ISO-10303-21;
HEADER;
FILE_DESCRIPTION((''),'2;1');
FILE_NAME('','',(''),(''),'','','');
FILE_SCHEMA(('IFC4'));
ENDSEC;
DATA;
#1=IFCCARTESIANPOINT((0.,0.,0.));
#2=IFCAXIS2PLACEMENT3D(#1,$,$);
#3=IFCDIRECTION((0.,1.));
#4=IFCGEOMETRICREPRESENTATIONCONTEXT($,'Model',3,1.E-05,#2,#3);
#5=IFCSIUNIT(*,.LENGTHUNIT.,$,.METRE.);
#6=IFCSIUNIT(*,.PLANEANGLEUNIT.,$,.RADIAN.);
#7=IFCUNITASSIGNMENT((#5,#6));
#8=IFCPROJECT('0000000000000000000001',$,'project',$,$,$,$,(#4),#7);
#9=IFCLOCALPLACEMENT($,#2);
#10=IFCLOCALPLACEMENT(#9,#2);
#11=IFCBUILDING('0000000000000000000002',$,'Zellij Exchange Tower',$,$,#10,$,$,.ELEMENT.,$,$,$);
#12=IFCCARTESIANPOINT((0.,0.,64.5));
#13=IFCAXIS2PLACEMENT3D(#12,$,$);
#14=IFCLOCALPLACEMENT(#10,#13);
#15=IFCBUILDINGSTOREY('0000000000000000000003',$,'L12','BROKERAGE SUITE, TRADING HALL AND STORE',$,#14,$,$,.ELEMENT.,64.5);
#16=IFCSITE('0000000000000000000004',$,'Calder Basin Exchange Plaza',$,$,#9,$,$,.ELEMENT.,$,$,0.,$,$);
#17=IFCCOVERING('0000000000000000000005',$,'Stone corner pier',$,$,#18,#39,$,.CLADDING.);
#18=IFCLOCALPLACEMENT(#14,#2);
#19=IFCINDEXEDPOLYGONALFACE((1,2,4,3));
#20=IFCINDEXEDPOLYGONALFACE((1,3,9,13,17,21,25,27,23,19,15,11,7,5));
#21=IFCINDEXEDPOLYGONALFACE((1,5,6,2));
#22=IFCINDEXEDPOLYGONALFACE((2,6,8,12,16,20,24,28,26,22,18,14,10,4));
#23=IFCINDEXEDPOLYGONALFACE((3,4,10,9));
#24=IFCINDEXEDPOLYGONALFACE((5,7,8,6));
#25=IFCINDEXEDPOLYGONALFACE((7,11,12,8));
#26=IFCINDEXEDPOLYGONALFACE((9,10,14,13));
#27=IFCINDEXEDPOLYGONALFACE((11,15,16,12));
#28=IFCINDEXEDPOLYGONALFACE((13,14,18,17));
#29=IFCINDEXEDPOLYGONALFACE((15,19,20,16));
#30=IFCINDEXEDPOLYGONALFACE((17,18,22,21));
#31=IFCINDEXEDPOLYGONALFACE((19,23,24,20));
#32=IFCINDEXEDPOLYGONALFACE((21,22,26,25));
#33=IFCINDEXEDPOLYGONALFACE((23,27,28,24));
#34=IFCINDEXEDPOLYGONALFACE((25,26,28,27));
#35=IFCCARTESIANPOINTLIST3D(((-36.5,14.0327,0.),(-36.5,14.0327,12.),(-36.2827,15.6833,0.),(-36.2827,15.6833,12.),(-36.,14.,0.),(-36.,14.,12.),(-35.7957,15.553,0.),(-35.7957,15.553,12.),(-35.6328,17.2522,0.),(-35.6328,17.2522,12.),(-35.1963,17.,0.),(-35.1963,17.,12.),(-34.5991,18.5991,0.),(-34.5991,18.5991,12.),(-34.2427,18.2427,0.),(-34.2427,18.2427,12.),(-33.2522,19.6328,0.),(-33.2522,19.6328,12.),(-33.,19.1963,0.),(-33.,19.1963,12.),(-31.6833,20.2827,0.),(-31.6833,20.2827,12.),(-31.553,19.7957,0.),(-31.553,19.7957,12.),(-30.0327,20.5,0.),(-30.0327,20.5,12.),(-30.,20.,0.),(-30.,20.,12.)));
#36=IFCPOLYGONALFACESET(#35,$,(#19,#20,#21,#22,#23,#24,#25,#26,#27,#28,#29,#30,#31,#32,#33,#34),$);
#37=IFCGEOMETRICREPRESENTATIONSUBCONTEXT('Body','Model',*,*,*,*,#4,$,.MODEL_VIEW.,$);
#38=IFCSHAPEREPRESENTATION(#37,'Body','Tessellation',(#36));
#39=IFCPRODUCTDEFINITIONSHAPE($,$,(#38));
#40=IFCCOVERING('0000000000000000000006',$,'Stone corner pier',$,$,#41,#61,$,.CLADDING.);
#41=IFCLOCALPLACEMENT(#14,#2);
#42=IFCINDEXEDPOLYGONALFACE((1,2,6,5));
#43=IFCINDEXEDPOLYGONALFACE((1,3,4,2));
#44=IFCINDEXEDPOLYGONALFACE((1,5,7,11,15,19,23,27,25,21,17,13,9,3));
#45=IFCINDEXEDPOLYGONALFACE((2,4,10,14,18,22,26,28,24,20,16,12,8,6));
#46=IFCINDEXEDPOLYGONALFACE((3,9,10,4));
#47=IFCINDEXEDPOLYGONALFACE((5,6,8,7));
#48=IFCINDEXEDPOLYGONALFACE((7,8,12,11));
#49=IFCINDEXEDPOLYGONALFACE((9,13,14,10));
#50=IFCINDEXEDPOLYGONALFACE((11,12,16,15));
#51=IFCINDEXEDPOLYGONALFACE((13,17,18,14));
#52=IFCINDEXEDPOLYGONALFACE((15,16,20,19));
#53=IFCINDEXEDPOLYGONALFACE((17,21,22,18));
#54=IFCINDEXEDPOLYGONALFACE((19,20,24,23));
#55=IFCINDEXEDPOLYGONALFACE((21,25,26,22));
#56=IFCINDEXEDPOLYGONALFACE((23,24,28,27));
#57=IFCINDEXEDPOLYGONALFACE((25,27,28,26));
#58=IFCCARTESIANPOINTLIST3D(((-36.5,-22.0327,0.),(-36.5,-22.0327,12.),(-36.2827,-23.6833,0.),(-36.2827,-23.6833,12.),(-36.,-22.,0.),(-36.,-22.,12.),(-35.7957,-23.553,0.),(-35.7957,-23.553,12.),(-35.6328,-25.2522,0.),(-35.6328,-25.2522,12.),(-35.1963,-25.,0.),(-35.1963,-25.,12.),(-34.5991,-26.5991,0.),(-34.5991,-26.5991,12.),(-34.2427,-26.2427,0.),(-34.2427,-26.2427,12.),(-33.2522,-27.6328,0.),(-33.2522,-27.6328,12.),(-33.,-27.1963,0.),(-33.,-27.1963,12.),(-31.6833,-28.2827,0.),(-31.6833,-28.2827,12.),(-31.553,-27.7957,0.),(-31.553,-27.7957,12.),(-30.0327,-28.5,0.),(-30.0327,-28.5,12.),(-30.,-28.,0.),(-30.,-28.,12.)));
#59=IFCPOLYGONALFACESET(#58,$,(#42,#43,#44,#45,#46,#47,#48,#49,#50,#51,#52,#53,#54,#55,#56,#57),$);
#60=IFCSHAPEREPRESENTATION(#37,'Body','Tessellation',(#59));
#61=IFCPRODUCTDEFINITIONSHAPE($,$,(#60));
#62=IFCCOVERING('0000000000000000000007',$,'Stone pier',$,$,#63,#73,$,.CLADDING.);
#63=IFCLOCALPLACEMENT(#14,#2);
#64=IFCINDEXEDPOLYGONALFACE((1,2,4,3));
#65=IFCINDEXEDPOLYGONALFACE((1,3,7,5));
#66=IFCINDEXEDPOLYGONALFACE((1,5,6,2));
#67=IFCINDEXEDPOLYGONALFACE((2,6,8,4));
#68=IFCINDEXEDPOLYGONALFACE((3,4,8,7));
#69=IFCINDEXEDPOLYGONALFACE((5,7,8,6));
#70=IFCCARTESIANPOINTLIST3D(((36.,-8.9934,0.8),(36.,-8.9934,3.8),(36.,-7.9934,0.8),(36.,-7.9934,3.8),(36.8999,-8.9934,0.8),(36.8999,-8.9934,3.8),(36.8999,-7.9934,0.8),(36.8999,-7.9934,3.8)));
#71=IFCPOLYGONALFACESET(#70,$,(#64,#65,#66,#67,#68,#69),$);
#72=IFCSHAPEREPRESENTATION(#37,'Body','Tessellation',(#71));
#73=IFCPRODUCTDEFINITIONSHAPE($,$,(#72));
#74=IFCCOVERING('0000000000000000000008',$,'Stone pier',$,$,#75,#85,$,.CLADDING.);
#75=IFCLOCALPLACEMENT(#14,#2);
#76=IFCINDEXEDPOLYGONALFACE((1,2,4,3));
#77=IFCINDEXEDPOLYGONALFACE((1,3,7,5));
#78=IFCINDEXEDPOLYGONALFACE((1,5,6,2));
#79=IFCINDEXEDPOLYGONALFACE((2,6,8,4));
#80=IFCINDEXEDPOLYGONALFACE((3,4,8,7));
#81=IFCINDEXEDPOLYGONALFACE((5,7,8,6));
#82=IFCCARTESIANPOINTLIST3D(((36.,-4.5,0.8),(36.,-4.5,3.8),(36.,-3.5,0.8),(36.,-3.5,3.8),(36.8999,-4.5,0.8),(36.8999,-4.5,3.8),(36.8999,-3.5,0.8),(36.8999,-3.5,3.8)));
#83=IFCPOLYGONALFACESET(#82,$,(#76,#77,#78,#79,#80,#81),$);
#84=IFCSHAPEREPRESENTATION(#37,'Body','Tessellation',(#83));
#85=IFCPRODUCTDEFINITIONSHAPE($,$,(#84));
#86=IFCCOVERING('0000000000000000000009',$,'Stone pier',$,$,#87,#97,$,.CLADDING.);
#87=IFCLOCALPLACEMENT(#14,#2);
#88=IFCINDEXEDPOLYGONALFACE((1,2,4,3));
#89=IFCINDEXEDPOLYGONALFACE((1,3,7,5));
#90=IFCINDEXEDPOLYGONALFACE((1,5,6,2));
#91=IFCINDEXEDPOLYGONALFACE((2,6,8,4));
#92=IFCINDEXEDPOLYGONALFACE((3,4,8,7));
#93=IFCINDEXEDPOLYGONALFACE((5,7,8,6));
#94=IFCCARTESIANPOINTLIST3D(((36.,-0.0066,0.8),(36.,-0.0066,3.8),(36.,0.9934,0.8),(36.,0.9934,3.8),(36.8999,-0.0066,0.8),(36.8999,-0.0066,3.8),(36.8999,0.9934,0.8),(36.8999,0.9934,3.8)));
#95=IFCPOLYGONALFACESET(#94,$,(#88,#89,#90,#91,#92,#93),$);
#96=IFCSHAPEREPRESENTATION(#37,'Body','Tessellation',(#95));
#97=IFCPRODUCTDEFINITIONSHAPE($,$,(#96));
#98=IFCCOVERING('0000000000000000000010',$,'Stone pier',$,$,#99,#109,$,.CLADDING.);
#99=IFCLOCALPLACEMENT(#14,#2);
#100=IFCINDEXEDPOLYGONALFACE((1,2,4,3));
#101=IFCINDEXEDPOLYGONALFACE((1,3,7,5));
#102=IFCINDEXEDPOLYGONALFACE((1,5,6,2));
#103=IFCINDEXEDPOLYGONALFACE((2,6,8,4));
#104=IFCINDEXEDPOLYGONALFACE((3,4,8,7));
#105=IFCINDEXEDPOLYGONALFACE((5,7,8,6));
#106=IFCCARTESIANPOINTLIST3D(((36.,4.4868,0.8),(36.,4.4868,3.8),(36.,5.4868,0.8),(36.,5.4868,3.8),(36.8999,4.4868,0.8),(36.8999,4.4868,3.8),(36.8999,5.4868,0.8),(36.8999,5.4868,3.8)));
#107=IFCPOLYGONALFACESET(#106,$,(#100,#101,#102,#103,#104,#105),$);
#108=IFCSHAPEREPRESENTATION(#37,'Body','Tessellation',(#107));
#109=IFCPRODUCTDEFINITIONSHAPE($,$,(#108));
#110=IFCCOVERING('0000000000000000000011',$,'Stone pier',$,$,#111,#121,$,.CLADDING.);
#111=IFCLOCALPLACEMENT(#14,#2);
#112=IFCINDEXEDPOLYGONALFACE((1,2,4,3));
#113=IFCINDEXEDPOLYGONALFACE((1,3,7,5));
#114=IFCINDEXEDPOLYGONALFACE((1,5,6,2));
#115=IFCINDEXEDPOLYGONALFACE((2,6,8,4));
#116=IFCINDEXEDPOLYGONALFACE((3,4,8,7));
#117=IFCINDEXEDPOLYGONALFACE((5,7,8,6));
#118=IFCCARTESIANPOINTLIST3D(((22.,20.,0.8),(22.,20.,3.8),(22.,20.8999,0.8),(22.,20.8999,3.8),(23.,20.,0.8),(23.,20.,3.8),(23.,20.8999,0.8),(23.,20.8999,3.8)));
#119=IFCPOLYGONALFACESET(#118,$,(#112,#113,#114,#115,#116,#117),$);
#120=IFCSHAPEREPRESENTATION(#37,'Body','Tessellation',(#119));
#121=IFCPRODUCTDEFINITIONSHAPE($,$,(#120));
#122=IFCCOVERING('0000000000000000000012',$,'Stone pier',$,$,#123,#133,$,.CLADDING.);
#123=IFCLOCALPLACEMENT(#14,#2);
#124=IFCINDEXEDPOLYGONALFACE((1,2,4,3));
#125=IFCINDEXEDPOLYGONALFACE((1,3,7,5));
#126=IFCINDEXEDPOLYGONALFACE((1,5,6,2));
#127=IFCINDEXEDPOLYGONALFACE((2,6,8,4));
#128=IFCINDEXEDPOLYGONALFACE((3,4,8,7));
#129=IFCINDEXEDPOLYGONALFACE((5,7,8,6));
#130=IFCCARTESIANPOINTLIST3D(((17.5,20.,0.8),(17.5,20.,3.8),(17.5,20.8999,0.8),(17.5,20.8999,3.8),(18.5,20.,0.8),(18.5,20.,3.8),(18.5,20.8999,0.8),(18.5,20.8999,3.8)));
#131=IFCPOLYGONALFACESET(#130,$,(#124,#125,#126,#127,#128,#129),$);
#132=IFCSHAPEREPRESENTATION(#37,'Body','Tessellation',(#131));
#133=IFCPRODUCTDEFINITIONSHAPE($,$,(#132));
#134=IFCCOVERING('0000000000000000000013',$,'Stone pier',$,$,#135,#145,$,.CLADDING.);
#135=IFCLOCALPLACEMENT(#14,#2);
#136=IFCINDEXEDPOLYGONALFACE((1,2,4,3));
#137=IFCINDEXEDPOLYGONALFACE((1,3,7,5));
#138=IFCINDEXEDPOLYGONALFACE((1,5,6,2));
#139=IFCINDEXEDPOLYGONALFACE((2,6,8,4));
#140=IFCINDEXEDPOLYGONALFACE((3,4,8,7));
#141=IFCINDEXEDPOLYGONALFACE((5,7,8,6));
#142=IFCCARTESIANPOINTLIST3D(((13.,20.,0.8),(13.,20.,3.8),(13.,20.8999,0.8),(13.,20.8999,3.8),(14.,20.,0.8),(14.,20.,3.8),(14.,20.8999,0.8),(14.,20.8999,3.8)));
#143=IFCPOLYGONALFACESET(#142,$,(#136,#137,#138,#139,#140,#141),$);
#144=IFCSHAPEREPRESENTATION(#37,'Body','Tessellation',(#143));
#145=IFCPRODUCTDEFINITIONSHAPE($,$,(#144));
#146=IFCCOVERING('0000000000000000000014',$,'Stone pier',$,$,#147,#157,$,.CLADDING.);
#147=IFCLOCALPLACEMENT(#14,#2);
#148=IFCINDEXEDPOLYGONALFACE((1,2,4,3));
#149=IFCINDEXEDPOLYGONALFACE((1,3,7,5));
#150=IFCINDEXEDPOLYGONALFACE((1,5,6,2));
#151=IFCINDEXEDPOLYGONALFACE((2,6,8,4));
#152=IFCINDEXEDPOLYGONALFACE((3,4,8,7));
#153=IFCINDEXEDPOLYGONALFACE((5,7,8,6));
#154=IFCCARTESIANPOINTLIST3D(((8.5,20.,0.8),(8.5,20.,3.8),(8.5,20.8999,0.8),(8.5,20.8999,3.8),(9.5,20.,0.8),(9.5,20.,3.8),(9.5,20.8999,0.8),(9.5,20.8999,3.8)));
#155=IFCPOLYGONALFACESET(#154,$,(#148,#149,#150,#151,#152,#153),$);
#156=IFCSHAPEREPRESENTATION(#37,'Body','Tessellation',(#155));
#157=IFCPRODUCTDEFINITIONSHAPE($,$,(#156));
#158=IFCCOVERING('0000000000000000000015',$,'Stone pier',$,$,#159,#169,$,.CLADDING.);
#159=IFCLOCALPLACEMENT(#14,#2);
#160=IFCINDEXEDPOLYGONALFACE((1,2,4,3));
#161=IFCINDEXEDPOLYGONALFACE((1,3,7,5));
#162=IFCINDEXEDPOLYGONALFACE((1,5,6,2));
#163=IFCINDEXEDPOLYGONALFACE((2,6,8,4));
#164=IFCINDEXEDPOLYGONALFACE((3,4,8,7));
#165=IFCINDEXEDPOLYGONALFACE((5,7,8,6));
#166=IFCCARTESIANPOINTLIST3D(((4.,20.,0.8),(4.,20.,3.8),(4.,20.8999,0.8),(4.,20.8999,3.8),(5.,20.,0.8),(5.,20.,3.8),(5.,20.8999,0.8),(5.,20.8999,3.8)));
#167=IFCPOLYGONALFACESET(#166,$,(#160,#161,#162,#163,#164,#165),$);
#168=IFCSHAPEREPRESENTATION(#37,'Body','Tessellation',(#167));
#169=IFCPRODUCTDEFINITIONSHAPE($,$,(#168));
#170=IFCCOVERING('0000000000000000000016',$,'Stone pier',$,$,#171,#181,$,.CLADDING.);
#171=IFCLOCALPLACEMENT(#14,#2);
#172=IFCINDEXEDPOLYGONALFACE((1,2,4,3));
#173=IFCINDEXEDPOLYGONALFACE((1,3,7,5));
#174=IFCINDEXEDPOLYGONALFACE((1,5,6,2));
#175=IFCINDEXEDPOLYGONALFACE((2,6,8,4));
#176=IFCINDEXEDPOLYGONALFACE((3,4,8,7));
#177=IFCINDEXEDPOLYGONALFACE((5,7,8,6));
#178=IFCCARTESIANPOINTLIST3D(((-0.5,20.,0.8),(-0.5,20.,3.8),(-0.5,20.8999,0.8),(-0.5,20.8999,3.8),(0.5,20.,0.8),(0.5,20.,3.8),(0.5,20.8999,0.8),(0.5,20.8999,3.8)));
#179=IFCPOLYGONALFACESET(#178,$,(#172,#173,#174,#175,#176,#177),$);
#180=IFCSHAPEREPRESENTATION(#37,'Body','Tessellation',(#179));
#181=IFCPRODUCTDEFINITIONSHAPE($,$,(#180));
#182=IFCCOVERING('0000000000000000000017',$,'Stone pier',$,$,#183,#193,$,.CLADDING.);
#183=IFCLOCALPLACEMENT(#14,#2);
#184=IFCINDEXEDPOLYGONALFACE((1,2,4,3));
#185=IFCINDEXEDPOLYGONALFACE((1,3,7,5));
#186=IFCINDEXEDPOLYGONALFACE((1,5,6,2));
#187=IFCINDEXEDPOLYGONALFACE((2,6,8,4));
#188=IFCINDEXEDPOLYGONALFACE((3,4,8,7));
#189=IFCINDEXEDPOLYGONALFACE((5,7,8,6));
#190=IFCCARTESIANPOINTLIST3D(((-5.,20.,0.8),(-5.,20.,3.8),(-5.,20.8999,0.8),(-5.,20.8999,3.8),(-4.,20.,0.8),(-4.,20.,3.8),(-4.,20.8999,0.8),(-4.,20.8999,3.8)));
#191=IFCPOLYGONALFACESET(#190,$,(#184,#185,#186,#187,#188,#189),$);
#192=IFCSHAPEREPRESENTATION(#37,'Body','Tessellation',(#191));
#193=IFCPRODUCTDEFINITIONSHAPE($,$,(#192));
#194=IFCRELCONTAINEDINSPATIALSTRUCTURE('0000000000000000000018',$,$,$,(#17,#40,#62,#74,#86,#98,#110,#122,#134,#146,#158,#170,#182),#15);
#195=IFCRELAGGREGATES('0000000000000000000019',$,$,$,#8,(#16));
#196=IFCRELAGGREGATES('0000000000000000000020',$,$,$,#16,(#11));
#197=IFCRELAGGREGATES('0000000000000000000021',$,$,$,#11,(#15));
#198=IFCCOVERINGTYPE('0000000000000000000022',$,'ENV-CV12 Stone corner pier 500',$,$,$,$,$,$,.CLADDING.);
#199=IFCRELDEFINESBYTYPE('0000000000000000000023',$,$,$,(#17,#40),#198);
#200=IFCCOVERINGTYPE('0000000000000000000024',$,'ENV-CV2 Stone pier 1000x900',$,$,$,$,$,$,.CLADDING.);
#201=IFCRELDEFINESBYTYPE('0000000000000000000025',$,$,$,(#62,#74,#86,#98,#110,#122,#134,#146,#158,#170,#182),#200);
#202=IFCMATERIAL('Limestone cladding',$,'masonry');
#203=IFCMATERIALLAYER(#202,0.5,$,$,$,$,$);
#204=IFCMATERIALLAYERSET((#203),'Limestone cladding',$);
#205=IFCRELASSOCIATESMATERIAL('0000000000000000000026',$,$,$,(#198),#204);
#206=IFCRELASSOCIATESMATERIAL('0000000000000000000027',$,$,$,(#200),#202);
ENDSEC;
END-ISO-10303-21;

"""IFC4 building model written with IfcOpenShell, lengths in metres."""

from ifc_helpers import new_model, si_unit, direction, frame, origin, place, context, subcontext, project, spatial, polyline, outline, extrude, material, layer, layer_set, type_object, element, save


model = new_model("IFC4")

# Units and contexts
model_context = context("Model", 3, precision=1e-05, world=origin(), true_north=direction((0.0, 1.0)))
body_context = subcontext(model_context, "Body", "Model", "MODEL_VIEW")
ifc_project = project(units=[si_unit("LENGTHUNIT", "METRE"), si_unit("PLANEANGLEUNIT", "RADIAN")], contexts=[model_context])

# Site, building, storey
site_placement = place(None, origin())
site = spatial("IfcSite", under=ifc_project, at=site_placement, Name="Calder Basin Exchange Plaza", CompositionType="ELEMENT", RefElevation=0.0)
building_placement = place(site_placement, origin())
building = spatial("IfcBuilding", under=site, at=building_placement, Name="Zellij Exchange Tower", CompositionType="ELEMENT")
storey_placement = place(building_placement, frame((0.0, 0.0, 64.5)))
storey = spatial("IfcBuildingStorey", under=building, at=storey_placement, Name="L12", Description="BROKERAGE SUITE, TRADING HALL AND STORE", CompositionType="ELEMENT", Elevation=64.5)

# Coverings
ifc_material_1 = material(Name="Limestone cladding", Category="masonry")
ifc_layer_1 = layer(ifc_material_1, 0.5)
ifc_layer_set_1 = layer_set([ifc_layer_1], Name="Limestone cladding")
covering_type_1 = type_object("IfcCoveringType", Name="ENV-CV12 Stone corner pier 500", PredefinedType="CLADDING", material=ifc_layer_set_1)
covering_1_placement = place(storey_placement, origin())
element("IfcCovering", 1, at=covering_1_placement, inside=storey, type_object=covering_type_1, Name="Stone corner pier", PredefinedType="CLADDING", context=body_context, shape_type="SweptSolid", body=[
    extrude(outline(polyline([(-30.0, 20.0), (-31.553, 19.7957), (-33.0, 19.1963), (-34.2427, 18.2427), (-35.1963, 17.0), (-35.7957, 15.553), (-36.0, 14.0), (-36.5, 14.0327), (-36.2827, 15.6833), (-35.6328, 17.2522), (-34.5991, 18.5991), (-33.2522, 19.6328), (-31.6833, 20.2827), (-30.0327, 20.5), (-30.0, 20.0)])), origin(), (0.0, 0.0, 1.0), 12.0),
])
covering_2_placement = place(storey_placement, origin())
element("IfcCovering", 2, at=covering_2_placement, inside=storey, type_object=covering_type_1, Name="Stone corner pier", PredefinedType="CLADDING", context=body_context, shape_type="SweptSolid", body=[
    extrude(outline(polyline([(-36.0, -22.0), (-35.7957, -23.553), (-35.1963, -25.0), (-34.2427, -26.2427), (-33.0, -27.1963), (-31.553, -27.7957), (-30.0, -28.0), (-30.0327, -28.5), (-31.6833, -28.2827), (-33.2522, -27.6328), (-34.5991, -26.5991), (-35.6328, -25.2522), (-36.2827, -23.6833), (-36.5, -22.0327), (-36.0, -22.0)])), origin(), (0.0, 0.0, 1.0), 12.0),
])
covering_type_2 = type_object("IfcCoveringType", Name="ENV-CV2 Stone pier 1000x900", PredefinedType="CLADDING", material=ifc_material_1)
covering_3_placement = place(storey_placement, frame((0.0, 0.0, 0.8)))
element("IfcCovering", 3, at=covering_3_placement, inside=storey, type_object=covering_type_2, Name="Stone pier", PredefinedType="CLADDING", context=body_context, shape_type="SweptSolid", body=[
    extrude(outline(polyline([(36.0, -8.9934), (36.0, -7.9934), (36.8999, -7.9934), (36.8999, -8.9934), (36.0, -8.9934)])), origin(), (0.0, 0.0, 1.0), 3.0),
])
covering_4_placement = place(storey_placement, frame((0.0, 0.0, 0.8)))
element("IfcCovering", 4, at=covering_4_placement, inside=storey, type_object=covering_type_2, Name="Stone pier", PredefinedType="CLADDING", context=body_context, shape_type="SweptSolid", body=[
    extrude(outline(polyline([(36.0, -4.5), (36.0, -3.5), (36.8999, -3.5), (36.8999, -4.5), (36.0, -4.5)])), origin(), (0.0, 0.0, 1.0), 3.0),
])
covering_5_placement = place(storey_placement, frame((0.0, 0.0, 0.8)))
element("IfcCovering", 5, at=covering_5_placement, inside=storey, type_object=covering_type_2, Name="Stone pier", PredefinedType="CLADDING", context=body_context, shape_type="SweptSolid", body=[
    extrude(outline(polyline([(36.0, -0.0066), (36.0, 0.9934), (36.8999, 0.9934), (36.8999, -0.0066), (36.0, -0.0066)])), origin(), (0.0, 0.0, 1.0), 3.0),
])
covering_6_placement = place(storey_placement, frame((0.0, 0.0, 0.8)))
element("IfcCovering", 6, at=covering_6_placement, inside=storey, type_object=covering_type_2, Name="Stone pier", PredefinedType="CLADDING", context=body_context, shape_type="SweptSolid", body=[
    extrude(outline(polyline([(36.0, 4.4868), (36.0, 5.4868), (36.8999, 5.4868), (36.8999, 4.4868), (36.0, 4.4868)])), origin(), (0.0, 0.0, 1.0), 3.0),
])
covering_7_placement = place(storey_placement, frame((0.0, 0.0, 0.8)))
element("IfcCovering", 7, at=covering_7_placement, inside=storey, type_object=covering_type_2, Name="Stone pier", PredefinedType="CLADDING", context=body_context, shape_type="SweptSolid", body=[
    extrude(outline(polyline([(23.0, 20.0), (22.0, 20.0), (22.0, 20.8999), (23.0, 20.8999), (23.0, 20.0)])), origin(), (0.0, 0.0, 1.0), 3.0),
])
covering_8_placement = place(storey_placement, frame((0.0, 0.0, 0.8)))
element("IfcCovering", 8, at=covering_8_placement, inside=storey, type_object=covering_type_2, Name="Stone pier", PredefinedType="CLADDING", context=body_context, shape_type="SweptSolid", body=[
    extrude(outline(polyline([(18.5, 20.0), (17.5, 20.0), (17.5, 20.8999), (18.5, 20.8999), (18.5, 20.0)])), origin(), (0.0, 0.0, 1.0), 3.0),
])
covering_9_placement = place(storey_placement, frame((0.0, 0.0, 0.8)))
element("IfcCovering", 9, at=covering_9_placement, inside=storey, type_object=covering_type_2, Name="Stone pier", PredefinedType="CLADDING", context=body_context, shape_type="SweptSolid", body=[
    extrude(outline(polyline([(14.0, 20.0), (13.0, 20.0), (13.0, 20.8999), (14.0, 20.8999), (14.0, 20.0)])), origin(), (0.0, 0.0, 1.0), 3.0),
])
covering_10_placement = place(storey_placement, frame((0.0, 0.0, 0.8)))
element("IfcCovering", 10, at=covering_10_placement, inside=storey, type_object=covering_type_2, Name="Stone pier", PredefinedType="CLADDING", context=body_context, shape_type="SweptSolid", body=[
    extrude(outline(polyline([(9.5, 20.0), (8.5, 20.0), (8.5, 20.8999), (9.5, 20.8999), (9.5, 20.0)])), origin(), (0.0, 0.0, 1.0), 3.0),
])
covering_11_placement = place(storey_placement, frame((0.0, 0.0, 0.8)))
element("IfcCovering", 11, at=covering_11_placement, inside=storey, type_object=covering_type_2, Name="Stone pier", PredefinedType="CLADDING", context=body_context, shape_type="SweptSolid", body=[
    extrude(outline(polyline([(5.0, 20.0), (4.0, 20.0), (4.0, 20.8999), (5.0, 20.8999), (5.0, 20.0)])), origin(), (0.0, 0.0, 1.0), 3.0),
])
covering_12_placement = place(storey_placement, frame((0.0, 0.0, 0.8)))
element("IfcCovering", 12, at=covering_12_placement, inside=storey, type_object=covering_type_2, Name="Stone pier", PredefinedType="CLADDING", context=body_context, shape_type="SweptSolid", body=[
    extrude(outline(polyline([(0.5, 20.0), (-0.5, 20.0), (-0.5, 20.8999), (0.5, 20.8999), (0.5, 20.0)])), origin(), (0.0, 0.0, 1.0), 3.0),
])
covering_13_placement = place(storey_placement, frame((0.0, 0.0, 0.8)))
element("IfcCovering", 13, at=covering_13_placement, inside=storey, type_object=covering_type_2, Name="Stone pier", PredefinedType="CLADDING", context=body_context, shape_type="SweptSolid", body=[
    extrude(outline(polyline([(-4.0, 20.0), (-5.0, 20.0), (-5.0, 20.8999), (-4.0, 20.8999), (-4.0, 20.0)])), origin(), (0.0, 0.0, 1.0), 3.0),
])

save(model, "model.ifc")
